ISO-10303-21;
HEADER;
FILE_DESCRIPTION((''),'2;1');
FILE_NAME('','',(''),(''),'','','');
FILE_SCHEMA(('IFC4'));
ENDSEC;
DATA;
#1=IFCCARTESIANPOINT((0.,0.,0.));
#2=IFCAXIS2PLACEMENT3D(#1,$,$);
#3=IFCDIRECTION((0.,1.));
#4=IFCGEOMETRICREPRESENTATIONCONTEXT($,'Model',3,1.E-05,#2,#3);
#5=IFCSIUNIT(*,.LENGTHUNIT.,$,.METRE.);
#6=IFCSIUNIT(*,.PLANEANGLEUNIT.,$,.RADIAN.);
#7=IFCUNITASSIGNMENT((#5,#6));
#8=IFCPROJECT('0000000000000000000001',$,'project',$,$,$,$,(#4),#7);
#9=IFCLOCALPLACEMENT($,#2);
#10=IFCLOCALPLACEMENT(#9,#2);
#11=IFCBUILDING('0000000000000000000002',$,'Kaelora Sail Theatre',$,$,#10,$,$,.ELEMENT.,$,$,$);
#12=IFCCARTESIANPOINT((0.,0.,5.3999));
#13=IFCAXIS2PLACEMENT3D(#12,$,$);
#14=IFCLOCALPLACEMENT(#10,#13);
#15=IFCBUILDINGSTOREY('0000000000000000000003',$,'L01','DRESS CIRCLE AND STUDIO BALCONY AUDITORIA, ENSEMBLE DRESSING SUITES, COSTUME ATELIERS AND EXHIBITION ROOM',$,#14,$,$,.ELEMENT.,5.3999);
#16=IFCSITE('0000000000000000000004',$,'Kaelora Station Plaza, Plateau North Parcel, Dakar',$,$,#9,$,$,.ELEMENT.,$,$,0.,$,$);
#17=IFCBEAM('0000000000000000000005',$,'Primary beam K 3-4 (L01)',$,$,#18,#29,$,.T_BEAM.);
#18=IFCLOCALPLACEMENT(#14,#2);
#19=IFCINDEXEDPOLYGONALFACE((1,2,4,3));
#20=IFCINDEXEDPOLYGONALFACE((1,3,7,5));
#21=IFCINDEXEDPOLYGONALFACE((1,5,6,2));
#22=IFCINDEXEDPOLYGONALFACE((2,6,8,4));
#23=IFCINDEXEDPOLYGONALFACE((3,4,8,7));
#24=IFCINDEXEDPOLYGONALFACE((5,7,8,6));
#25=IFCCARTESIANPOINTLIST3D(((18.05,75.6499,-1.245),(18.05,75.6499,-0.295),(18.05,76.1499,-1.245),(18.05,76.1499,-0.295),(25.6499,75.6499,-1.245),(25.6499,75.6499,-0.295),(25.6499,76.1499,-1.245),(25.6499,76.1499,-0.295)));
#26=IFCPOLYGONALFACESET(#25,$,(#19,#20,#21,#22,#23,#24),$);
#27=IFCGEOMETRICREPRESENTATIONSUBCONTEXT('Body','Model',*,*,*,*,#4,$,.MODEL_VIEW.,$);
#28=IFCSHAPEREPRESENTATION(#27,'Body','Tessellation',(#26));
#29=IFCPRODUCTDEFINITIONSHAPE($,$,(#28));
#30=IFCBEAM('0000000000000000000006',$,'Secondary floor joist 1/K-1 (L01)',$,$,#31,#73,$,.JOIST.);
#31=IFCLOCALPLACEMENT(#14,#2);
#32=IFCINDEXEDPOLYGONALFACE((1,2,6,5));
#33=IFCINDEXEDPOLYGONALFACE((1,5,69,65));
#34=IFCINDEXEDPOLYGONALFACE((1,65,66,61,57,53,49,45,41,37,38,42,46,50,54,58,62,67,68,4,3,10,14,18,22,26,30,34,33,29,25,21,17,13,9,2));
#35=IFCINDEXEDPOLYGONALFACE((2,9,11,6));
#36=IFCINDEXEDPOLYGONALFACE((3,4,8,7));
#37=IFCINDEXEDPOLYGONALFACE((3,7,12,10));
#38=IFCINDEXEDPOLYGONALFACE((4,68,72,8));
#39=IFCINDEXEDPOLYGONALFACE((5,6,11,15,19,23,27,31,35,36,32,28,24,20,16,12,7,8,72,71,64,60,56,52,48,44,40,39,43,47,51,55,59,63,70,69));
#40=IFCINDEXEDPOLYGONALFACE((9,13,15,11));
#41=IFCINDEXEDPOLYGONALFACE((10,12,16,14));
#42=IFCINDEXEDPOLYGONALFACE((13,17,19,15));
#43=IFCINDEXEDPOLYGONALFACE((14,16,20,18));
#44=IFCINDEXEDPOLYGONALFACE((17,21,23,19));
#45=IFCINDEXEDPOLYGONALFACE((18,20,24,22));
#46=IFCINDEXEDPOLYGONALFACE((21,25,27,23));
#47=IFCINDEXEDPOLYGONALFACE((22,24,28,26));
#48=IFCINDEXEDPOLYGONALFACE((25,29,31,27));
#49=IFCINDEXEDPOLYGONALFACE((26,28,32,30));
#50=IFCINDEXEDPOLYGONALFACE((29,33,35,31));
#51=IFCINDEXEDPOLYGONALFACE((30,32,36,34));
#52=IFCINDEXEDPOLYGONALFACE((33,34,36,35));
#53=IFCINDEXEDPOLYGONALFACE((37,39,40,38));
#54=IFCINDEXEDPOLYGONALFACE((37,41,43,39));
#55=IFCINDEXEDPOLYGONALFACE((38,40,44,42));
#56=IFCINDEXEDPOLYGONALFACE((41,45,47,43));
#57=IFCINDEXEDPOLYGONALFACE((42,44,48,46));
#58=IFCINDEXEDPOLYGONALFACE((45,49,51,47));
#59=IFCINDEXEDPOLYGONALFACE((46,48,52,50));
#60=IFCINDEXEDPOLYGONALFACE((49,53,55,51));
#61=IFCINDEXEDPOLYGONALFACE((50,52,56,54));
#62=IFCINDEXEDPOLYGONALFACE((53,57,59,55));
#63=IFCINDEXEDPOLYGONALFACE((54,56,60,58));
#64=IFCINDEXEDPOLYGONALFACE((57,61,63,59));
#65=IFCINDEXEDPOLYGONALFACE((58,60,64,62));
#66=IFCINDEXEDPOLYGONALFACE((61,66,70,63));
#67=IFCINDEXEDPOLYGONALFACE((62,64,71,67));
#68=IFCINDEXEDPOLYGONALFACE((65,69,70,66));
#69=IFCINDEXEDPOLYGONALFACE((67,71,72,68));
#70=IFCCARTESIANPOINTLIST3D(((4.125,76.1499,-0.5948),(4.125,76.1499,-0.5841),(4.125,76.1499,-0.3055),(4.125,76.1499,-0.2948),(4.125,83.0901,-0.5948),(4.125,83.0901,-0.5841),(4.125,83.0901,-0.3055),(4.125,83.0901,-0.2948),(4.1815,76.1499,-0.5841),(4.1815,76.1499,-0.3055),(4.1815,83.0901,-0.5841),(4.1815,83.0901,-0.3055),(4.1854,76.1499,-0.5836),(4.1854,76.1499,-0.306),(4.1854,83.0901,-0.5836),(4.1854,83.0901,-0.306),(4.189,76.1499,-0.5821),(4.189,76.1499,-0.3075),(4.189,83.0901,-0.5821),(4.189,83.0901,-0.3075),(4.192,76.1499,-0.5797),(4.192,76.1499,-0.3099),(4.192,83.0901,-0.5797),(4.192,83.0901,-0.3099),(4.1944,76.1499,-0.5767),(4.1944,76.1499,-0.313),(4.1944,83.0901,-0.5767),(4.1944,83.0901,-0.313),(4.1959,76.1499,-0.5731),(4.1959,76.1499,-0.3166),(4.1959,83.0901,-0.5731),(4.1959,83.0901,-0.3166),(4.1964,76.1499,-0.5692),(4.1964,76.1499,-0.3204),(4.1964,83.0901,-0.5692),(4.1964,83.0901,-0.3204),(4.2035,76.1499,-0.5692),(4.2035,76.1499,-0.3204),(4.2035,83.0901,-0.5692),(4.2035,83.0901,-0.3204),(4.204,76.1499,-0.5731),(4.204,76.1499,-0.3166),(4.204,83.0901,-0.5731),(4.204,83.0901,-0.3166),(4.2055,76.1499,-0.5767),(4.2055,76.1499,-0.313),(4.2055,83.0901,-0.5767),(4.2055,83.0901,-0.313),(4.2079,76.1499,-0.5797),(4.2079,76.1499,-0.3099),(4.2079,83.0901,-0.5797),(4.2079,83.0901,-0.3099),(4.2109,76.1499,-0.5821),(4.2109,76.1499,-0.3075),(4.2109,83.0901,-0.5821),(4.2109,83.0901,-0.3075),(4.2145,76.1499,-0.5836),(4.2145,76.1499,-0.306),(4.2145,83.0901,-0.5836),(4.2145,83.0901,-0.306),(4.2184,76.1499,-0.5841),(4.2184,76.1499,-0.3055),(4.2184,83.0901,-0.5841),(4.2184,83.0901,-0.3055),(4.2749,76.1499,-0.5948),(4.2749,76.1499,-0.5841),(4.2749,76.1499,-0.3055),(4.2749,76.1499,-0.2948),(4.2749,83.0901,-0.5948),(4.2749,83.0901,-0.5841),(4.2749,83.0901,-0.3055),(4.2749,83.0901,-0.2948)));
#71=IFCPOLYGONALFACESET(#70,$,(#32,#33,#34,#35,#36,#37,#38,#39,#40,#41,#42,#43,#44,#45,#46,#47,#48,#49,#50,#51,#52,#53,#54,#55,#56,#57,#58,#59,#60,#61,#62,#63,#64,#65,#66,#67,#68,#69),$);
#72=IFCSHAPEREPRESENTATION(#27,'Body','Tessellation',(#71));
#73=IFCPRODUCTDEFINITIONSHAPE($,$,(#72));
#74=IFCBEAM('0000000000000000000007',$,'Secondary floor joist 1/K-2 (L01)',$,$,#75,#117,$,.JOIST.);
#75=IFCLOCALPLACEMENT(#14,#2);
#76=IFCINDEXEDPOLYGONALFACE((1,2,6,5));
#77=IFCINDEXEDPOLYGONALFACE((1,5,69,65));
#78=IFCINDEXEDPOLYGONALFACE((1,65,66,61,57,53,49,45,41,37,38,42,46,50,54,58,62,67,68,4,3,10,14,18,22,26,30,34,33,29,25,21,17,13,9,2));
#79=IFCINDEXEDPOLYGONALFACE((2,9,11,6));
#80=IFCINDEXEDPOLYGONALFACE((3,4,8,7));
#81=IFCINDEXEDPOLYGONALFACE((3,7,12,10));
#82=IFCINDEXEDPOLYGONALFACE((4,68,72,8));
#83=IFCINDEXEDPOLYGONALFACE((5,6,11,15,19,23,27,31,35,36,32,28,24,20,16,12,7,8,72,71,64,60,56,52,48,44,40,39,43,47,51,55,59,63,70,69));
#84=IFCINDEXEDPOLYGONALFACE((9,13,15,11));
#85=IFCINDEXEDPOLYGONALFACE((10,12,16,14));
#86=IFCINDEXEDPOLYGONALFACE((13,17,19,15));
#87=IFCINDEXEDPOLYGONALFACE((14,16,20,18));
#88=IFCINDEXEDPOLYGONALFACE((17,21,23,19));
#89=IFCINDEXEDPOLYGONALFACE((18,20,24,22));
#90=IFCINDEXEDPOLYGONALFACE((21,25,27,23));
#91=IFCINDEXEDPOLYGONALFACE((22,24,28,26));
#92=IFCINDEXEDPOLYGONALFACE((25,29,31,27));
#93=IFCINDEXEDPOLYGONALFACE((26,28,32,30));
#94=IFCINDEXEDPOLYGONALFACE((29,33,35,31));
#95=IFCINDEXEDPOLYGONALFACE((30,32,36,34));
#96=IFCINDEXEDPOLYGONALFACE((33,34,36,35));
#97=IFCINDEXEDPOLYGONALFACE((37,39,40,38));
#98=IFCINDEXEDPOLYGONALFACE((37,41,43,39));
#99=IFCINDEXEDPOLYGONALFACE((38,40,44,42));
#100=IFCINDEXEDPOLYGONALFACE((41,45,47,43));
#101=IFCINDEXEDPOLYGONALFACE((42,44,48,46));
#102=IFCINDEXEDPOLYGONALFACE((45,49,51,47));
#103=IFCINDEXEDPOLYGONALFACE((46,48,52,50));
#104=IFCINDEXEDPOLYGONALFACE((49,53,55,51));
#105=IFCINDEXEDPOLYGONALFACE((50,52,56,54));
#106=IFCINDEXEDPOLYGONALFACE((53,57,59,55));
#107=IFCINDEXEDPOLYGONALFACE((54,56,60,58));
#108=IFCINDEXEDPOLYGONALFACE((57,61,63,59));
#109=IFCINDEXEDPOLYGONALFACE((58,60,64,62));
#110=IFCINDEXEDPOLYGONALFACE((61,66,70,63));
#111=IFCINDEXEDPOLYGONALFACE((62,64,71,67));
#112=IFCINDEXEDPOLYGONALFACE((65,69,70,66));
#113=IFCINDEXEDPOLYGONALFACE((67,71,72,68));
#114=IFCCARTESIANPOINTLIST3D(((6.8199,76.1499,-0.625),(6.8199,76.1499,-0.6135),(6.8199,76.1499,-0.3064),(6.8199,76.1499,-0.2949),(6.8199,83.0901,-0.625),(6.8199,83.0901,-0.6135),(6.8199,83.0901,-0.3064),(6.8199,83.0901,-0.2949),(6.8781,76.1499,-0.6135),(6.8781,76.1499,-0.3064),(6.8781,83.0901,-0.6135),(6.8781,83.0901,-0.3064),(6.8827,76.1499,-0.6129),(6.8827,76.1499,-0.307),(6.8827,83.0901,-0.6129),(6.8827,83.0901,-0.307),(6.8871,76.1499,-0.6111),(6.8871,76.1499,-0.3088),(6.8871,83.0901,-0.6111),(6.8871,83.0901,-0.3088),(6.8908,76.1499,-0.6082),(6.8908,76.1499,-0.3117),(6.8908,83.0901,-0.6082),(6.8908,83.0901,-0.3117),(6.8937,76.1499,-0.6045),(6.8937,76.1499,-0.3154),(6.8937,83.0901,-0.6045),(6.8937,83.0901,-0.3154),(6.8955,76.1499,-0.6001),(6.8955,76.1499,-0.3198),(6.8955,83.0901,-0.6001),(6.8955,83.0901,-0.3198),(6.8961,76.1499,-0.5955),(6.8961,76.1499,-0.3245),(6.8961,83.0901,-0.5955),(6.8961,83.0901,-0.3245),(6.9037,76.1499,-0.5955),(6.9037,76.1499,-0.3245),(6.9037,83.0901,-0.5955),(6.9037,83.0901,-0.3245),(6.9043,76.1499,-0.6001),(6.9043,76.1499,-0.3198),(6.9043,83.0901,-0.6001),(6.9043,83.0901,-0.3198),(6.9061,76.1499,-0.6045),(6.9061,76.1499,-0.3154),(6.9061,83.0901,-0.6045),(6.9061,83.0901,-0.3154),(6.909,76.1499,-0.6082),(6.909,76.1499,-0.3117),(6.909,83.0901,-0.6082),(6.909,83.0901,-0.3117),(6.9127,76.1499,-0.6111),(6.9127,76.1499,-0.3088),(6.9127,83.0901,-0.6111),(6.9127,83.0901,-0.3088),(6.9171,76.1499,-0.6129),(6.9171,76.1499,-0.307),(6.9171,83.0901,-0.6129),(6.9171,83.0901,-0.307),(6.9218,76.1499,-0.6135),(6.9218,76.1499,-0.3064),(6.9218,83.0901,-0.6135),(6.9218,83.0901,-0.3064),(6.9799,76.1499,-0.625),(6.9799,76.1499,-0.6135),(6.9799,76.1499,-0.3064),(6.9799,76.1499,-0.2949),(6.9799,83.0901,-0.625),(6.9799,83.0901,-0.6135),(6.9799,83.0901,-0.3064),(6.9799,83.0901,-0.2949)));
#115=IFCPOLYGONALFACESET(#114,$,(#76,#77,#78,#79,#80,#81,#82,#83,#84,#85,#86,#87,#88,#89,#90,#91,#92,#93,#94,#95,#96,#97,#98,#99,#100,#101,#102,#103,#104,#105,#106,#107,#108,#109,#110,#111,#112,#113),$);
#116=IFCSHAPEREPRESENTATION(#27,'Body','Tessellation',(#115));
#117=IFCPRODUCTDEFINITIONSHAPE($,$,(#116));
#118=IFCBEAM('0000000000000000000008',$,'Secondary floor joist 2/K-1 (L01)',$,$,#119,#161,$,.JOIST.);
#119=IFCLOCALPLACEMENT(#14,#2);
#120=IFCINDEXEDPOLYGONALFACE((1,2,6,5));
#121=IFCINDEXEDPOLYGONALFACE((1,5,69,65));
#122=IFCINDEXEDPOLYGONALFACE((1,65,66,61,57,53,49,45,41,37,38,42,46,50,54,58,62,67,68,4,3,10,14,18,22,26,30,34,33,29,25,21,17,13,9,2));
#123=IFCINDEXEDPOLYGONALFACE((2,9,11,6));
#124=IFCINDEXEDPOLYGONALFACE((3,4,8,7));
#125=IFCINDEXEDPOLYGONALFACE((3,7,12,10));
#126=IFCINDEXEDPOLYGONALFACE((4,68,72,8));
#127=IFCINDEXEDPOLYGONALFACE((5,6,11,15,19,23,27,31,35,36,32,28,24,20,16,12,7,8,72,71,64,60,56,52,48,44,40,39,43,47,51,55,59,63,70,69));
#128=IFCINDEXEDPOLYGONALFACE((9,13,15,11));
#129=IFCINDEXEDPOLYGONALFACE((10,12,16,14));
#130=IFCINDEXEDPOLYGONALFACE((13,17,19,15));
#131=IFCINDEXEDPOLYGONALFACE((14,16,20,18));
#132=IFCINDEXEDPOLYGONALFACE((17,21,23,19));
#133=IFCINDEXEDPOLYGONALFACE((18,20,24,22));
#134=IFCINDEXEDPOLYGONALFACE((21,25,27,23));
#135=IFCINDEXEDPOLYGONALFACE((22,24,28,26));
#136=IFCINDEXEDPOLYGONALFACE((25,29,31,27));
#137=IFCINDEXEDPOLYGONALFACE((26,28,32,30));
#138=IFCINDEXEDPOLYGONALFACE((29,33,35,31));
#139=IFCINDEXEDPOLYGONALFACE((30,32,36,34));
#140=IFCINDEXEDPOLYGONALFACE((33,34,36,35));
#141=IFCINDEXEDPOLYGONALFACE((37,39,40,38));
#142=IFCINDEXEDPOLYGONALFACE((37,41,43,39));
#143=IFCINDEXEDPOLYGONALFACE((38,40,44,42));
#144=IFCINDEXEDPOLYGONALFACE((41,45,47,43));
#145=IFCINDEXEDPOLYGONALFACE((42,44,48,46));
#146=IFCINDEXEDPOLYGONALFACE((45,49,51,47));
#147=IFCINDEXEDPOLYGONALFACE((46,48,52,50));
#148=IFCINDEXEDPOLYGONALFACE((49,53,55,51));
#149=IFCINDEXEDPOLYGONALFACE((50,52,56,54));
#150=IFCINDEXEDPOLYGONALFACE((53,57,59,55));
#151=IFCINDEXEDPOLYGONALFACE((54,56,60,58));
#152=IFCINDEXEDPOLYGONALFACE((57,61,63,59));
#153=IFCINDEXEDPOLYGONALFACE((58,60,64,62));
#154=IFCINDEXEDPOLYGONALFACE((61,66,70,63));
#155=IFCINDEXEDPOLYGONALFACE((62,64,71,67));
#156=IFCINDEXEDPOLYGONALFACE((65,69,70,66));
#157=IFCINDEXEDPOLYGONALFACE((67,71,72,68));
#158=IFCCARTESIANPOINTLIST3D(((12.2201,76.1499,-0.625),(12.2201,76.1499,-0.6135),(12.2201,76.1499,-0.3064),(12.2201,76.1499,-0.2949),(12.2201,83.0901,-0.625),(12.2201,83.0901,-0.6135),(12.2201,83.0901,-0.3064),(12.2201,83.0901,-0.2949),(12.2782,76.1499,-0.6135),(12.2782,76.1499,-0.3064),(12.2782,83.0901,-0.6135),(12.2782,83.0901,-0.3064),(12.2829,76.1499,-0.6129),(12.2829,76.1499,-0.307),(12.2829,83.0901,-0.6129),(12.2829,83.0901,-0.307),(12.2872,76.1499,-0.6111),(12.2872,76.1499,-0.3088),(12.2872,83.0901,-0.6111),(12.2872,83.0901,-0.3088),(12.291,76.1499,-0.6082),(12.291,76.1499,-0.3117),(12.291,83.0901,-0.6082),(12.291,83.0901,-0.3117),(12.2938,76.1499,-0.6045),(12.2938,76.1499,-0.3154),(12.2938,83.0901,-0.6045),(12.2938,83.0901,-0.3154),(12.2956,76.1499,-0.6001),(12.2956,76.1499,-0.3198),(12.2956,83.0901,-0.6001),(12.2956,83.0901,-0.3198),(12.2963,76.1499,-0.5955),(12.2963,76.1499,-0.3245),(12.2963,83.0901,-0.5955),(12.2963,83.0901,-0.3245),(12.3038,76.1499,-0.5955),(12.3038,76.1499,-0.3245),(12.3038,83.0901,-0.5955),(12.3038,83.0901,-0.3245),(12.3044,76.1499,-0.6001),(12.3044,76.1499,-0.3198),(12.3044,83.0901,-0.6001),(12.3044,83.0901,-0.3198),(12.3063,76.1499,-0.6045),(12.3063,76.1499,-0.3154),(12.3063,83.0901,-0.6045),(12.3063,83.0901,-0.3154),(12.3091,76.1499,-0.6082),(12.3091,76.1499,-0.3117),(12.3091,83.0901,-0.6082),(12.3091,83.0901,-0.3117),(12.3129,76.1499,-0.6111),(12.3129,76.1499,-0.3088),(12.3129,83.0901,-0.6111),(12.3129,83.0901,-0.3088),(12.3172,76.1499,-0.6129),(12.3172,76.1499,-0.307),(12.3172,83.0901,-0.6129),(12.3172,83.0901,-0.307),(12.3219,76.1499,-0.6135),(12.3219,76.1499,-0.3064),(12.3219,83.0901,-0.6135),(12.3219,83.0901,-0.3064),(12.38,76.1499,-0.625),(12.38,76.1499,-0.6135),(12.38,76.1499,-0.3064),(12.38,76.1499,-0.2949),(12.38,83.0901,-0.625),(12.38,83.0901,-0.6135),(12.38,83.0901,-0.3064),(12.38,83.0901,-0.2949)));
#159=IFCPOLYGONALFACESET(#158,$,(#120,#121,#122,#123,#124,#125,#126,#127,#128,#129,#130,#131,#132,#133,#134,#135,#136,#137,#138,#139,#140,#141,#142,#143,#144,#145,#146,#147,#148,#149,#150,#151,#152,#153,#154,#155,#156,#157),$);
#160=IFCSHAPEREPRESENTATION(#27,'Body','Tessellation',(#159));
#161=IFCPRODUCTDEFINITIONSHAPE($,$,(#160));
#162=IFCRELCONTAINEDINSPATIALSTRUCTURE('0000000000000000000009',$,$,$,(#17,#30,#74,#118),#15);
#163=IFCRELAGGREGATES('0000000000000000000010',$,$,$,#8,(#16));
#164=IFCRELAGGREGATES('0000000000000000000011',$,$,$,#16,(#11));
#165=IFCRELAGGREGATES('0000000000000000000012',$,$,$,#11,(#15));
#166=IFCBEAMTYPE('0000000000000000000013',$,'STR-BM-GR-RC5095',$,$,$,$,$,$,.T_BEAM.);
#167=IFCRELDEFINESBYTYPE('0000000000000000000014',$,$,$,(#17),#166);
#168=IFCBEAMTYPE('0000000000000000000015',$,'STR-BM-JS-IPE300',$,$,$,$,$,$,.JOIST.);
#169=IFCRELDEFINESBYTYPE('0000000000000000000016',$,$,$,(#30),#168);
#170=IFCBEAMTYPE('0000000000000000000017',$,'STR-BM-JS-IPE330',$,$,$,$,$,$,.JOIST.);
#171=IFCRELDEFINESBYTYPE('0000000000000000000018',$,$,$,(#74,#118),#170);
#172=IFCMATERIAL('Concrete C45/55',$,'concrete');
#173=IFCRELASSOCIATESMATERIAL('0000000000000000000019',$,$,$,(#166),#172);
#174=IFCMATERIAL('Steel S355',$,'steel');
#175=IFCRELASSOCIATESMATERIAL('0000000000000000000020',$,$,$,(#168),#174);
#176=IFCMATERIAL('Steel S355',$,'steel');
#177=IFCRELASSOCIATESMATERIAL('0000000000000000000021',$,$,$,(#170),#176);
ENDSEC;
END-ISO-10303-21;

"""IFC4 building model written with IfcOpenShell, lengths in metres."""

from ifc_helpers import new_model, si_unit, direction, frame, origin, origin_2d, place, context, subcontext, project, spatial, rectangle, i_section, extrude, material, material_profile, profile_set, type_object, element, save


model = new_model("IFC4")

# Units and contexts
model_context = context("Model", 3, precision=1e-05, world=origin(), true_north=direction((0.0, 1.0)))
body_context = subcontext(model_context, "Body", "Model", "MODEL_VIEW")
ifc_project = project(units=[si_unit("LENGTHUNIT", "METRE"), si_unit("PLANEANGLEUNIT", "RADIAN")], contexts=[model_context])

# Site, building, storey
site_placement = place(None, origin())
site = spatial("IfcSite", under=ifc_project, at=site_placement, Name="Kaelora Station Plaza, Plateau North Parcel, Dakar", CompositionType="ELEMENT", RefElevation=0.0)
building_placement = place(site_placement, origin())
building = spatial("IfcBuilding", under=site, at=building_placement, Name="Kaelora Sail Theatre", CompositionType="ELEMENT")
storey_placement = place(building_placement, frame((0.0, 0.0, 5.3999)))
storey = spatial("IfcBuildingStorey", under=building, at=storey_placement, Name="L01", Description="DRESS CIRCLE AND STUDIO BALCONY AUDITORIA, ENSEMBLE DRESSING SUITES, COSTUME ATELIERS AND EXHIBITION ROOM", CompositionType="ELEMENT", Elevation=5.3999)

# Beams
ifc_material_1 = material(Name="Concrete C45/55", Category="concrete")
ifc_material_profile_1 = material_profile(ifc_material_1, rectangle(XDim=0.5, YDim=0.95, at=origin_2d()), Name="RC-GRD 500x950")
ifc_profile_set_1 = profile_set([ifc_material_profile_1], Name="Concrete C45/55")
beam_type_1 = type_object("IfcBeamType", Name="STR-BM-GR-RC5095", PredefinedType="T_BEAM", material=ifc_profile_set_1)
beam_1_placement = place(storey_placement, frame((18.05, 75.8999, -0.77), z_axis=(1.0, 0.0, 0.0), x_axis=(0.0, 1.0, 0.0)))
element("IfcBeam", 1, at=beam_1_placement, inside=storey, type_object=beam_type_1, Name="Primary beam K 3-4 (L01)", PredefinedType="T_BEAM", context=body_context, shape_type="SweptSolid", body=[
    extrude(rectangle(XDim=0.5, YDim=0.95, at=origin_2d()), origin(), (0.0, 0.0, 1.0), 7.5999),
])
ifc_material_2 = material(Name="Steel S355", Category="steel")
ifc_material_profile_2 = material_profile(ifc_material_2, i_section(OverallWidth=0.1499, OverallDepth=0.3, WebThickness=0.0071, FlangeThickness=0.0107, FilletRadius=0.0149, at=origin_2d()), Name="IPE 300")
ifc_profile_set_2 = profile_set([ifc_material_profile_2], Name="Steel S355")
beam_type_2 = type_object("IfcBeamType", Name="STR-BM-JS-IPE300", PredefinedType="JOIST", material=ifc_profile_set_2)
beam_2_placement = place(storey_placement, frame((4.2, 76.1499, -0.4448), z_axis=(0.0, 1.0, 0.0), x_axis=(-1.0, 0.0, 0.0)))
element("IfcBeam", 2, at=beam_2_placement, inside=storey, type_object=beam_type_2, Name="Secondary floor joist 1/K-1 (L01)", PredefinedType="JOIST", context=body_context, shape_type="SweptSolid", body=[
    extrude(i_section(OverallWidth=0.1499, OverallDepth=0.3, WebThickness=0.0071, FlangeThickness=0.0107, FilletRadius=0.0149, at=origin_2d()), origin(), (0.0, 0.0, 1.0), 6.9402),
])
ifc_material_3 = material(Name="Steel S355", Category="steel")
ifc_material_profile_3 = material_profile(ifc_material_3, i_section(OverallWidth=0.1599, OverallDepth=0.3301, WebThickness=0.0076, FlangeThickness=0.0115, FilletRadius=0.0181, at=origin_2d()), Name="IPE 330")
ifc_profile_set_3 = profile_set([ifc_material_profile_3], Name="Steel S355")
beam_type_3 = type_object("IfcBeamType", Name="STR-BM-JS-IPE330", PredefinedType="JOIST", material=ifc_profile_set_3)
for number, where, z_axis, x_axis, name in (
    (3, (6.8999, 76.1499, -0.46), (0.0, 1.0, 0.0), (-1.0, 0.0, 0.0), "Secondary floor joist 1/K-2 (L01)"),
    (4, (12.3, 76.1499, -0.46), (0.0, 1.0, 0.0), (-1.0, 0.0, 0.0), "Secondary floor joist 2/K-1 (L01)"),
):
    element("IfcBeam", number, at=place(storey_placement, frame(where, z_axis=z_axis, x_axis=x_axis)), inside=storey, type_object=beam_type_3, Name=name, PredefinedType="JOIST", context=body_context, shape_type="SweptSolid", body=[
        extrude(i_section(OverallWidth=0.1599, OverallDepth=0.3301, WebThickness=0.0076, FlangeThickness=0.0115, FilletRadius=0.0181, at=origin_2d()), origin(), (0.0, 0.0, 1.0), 6.9402),
    ])

save(model, "model.ifc")
